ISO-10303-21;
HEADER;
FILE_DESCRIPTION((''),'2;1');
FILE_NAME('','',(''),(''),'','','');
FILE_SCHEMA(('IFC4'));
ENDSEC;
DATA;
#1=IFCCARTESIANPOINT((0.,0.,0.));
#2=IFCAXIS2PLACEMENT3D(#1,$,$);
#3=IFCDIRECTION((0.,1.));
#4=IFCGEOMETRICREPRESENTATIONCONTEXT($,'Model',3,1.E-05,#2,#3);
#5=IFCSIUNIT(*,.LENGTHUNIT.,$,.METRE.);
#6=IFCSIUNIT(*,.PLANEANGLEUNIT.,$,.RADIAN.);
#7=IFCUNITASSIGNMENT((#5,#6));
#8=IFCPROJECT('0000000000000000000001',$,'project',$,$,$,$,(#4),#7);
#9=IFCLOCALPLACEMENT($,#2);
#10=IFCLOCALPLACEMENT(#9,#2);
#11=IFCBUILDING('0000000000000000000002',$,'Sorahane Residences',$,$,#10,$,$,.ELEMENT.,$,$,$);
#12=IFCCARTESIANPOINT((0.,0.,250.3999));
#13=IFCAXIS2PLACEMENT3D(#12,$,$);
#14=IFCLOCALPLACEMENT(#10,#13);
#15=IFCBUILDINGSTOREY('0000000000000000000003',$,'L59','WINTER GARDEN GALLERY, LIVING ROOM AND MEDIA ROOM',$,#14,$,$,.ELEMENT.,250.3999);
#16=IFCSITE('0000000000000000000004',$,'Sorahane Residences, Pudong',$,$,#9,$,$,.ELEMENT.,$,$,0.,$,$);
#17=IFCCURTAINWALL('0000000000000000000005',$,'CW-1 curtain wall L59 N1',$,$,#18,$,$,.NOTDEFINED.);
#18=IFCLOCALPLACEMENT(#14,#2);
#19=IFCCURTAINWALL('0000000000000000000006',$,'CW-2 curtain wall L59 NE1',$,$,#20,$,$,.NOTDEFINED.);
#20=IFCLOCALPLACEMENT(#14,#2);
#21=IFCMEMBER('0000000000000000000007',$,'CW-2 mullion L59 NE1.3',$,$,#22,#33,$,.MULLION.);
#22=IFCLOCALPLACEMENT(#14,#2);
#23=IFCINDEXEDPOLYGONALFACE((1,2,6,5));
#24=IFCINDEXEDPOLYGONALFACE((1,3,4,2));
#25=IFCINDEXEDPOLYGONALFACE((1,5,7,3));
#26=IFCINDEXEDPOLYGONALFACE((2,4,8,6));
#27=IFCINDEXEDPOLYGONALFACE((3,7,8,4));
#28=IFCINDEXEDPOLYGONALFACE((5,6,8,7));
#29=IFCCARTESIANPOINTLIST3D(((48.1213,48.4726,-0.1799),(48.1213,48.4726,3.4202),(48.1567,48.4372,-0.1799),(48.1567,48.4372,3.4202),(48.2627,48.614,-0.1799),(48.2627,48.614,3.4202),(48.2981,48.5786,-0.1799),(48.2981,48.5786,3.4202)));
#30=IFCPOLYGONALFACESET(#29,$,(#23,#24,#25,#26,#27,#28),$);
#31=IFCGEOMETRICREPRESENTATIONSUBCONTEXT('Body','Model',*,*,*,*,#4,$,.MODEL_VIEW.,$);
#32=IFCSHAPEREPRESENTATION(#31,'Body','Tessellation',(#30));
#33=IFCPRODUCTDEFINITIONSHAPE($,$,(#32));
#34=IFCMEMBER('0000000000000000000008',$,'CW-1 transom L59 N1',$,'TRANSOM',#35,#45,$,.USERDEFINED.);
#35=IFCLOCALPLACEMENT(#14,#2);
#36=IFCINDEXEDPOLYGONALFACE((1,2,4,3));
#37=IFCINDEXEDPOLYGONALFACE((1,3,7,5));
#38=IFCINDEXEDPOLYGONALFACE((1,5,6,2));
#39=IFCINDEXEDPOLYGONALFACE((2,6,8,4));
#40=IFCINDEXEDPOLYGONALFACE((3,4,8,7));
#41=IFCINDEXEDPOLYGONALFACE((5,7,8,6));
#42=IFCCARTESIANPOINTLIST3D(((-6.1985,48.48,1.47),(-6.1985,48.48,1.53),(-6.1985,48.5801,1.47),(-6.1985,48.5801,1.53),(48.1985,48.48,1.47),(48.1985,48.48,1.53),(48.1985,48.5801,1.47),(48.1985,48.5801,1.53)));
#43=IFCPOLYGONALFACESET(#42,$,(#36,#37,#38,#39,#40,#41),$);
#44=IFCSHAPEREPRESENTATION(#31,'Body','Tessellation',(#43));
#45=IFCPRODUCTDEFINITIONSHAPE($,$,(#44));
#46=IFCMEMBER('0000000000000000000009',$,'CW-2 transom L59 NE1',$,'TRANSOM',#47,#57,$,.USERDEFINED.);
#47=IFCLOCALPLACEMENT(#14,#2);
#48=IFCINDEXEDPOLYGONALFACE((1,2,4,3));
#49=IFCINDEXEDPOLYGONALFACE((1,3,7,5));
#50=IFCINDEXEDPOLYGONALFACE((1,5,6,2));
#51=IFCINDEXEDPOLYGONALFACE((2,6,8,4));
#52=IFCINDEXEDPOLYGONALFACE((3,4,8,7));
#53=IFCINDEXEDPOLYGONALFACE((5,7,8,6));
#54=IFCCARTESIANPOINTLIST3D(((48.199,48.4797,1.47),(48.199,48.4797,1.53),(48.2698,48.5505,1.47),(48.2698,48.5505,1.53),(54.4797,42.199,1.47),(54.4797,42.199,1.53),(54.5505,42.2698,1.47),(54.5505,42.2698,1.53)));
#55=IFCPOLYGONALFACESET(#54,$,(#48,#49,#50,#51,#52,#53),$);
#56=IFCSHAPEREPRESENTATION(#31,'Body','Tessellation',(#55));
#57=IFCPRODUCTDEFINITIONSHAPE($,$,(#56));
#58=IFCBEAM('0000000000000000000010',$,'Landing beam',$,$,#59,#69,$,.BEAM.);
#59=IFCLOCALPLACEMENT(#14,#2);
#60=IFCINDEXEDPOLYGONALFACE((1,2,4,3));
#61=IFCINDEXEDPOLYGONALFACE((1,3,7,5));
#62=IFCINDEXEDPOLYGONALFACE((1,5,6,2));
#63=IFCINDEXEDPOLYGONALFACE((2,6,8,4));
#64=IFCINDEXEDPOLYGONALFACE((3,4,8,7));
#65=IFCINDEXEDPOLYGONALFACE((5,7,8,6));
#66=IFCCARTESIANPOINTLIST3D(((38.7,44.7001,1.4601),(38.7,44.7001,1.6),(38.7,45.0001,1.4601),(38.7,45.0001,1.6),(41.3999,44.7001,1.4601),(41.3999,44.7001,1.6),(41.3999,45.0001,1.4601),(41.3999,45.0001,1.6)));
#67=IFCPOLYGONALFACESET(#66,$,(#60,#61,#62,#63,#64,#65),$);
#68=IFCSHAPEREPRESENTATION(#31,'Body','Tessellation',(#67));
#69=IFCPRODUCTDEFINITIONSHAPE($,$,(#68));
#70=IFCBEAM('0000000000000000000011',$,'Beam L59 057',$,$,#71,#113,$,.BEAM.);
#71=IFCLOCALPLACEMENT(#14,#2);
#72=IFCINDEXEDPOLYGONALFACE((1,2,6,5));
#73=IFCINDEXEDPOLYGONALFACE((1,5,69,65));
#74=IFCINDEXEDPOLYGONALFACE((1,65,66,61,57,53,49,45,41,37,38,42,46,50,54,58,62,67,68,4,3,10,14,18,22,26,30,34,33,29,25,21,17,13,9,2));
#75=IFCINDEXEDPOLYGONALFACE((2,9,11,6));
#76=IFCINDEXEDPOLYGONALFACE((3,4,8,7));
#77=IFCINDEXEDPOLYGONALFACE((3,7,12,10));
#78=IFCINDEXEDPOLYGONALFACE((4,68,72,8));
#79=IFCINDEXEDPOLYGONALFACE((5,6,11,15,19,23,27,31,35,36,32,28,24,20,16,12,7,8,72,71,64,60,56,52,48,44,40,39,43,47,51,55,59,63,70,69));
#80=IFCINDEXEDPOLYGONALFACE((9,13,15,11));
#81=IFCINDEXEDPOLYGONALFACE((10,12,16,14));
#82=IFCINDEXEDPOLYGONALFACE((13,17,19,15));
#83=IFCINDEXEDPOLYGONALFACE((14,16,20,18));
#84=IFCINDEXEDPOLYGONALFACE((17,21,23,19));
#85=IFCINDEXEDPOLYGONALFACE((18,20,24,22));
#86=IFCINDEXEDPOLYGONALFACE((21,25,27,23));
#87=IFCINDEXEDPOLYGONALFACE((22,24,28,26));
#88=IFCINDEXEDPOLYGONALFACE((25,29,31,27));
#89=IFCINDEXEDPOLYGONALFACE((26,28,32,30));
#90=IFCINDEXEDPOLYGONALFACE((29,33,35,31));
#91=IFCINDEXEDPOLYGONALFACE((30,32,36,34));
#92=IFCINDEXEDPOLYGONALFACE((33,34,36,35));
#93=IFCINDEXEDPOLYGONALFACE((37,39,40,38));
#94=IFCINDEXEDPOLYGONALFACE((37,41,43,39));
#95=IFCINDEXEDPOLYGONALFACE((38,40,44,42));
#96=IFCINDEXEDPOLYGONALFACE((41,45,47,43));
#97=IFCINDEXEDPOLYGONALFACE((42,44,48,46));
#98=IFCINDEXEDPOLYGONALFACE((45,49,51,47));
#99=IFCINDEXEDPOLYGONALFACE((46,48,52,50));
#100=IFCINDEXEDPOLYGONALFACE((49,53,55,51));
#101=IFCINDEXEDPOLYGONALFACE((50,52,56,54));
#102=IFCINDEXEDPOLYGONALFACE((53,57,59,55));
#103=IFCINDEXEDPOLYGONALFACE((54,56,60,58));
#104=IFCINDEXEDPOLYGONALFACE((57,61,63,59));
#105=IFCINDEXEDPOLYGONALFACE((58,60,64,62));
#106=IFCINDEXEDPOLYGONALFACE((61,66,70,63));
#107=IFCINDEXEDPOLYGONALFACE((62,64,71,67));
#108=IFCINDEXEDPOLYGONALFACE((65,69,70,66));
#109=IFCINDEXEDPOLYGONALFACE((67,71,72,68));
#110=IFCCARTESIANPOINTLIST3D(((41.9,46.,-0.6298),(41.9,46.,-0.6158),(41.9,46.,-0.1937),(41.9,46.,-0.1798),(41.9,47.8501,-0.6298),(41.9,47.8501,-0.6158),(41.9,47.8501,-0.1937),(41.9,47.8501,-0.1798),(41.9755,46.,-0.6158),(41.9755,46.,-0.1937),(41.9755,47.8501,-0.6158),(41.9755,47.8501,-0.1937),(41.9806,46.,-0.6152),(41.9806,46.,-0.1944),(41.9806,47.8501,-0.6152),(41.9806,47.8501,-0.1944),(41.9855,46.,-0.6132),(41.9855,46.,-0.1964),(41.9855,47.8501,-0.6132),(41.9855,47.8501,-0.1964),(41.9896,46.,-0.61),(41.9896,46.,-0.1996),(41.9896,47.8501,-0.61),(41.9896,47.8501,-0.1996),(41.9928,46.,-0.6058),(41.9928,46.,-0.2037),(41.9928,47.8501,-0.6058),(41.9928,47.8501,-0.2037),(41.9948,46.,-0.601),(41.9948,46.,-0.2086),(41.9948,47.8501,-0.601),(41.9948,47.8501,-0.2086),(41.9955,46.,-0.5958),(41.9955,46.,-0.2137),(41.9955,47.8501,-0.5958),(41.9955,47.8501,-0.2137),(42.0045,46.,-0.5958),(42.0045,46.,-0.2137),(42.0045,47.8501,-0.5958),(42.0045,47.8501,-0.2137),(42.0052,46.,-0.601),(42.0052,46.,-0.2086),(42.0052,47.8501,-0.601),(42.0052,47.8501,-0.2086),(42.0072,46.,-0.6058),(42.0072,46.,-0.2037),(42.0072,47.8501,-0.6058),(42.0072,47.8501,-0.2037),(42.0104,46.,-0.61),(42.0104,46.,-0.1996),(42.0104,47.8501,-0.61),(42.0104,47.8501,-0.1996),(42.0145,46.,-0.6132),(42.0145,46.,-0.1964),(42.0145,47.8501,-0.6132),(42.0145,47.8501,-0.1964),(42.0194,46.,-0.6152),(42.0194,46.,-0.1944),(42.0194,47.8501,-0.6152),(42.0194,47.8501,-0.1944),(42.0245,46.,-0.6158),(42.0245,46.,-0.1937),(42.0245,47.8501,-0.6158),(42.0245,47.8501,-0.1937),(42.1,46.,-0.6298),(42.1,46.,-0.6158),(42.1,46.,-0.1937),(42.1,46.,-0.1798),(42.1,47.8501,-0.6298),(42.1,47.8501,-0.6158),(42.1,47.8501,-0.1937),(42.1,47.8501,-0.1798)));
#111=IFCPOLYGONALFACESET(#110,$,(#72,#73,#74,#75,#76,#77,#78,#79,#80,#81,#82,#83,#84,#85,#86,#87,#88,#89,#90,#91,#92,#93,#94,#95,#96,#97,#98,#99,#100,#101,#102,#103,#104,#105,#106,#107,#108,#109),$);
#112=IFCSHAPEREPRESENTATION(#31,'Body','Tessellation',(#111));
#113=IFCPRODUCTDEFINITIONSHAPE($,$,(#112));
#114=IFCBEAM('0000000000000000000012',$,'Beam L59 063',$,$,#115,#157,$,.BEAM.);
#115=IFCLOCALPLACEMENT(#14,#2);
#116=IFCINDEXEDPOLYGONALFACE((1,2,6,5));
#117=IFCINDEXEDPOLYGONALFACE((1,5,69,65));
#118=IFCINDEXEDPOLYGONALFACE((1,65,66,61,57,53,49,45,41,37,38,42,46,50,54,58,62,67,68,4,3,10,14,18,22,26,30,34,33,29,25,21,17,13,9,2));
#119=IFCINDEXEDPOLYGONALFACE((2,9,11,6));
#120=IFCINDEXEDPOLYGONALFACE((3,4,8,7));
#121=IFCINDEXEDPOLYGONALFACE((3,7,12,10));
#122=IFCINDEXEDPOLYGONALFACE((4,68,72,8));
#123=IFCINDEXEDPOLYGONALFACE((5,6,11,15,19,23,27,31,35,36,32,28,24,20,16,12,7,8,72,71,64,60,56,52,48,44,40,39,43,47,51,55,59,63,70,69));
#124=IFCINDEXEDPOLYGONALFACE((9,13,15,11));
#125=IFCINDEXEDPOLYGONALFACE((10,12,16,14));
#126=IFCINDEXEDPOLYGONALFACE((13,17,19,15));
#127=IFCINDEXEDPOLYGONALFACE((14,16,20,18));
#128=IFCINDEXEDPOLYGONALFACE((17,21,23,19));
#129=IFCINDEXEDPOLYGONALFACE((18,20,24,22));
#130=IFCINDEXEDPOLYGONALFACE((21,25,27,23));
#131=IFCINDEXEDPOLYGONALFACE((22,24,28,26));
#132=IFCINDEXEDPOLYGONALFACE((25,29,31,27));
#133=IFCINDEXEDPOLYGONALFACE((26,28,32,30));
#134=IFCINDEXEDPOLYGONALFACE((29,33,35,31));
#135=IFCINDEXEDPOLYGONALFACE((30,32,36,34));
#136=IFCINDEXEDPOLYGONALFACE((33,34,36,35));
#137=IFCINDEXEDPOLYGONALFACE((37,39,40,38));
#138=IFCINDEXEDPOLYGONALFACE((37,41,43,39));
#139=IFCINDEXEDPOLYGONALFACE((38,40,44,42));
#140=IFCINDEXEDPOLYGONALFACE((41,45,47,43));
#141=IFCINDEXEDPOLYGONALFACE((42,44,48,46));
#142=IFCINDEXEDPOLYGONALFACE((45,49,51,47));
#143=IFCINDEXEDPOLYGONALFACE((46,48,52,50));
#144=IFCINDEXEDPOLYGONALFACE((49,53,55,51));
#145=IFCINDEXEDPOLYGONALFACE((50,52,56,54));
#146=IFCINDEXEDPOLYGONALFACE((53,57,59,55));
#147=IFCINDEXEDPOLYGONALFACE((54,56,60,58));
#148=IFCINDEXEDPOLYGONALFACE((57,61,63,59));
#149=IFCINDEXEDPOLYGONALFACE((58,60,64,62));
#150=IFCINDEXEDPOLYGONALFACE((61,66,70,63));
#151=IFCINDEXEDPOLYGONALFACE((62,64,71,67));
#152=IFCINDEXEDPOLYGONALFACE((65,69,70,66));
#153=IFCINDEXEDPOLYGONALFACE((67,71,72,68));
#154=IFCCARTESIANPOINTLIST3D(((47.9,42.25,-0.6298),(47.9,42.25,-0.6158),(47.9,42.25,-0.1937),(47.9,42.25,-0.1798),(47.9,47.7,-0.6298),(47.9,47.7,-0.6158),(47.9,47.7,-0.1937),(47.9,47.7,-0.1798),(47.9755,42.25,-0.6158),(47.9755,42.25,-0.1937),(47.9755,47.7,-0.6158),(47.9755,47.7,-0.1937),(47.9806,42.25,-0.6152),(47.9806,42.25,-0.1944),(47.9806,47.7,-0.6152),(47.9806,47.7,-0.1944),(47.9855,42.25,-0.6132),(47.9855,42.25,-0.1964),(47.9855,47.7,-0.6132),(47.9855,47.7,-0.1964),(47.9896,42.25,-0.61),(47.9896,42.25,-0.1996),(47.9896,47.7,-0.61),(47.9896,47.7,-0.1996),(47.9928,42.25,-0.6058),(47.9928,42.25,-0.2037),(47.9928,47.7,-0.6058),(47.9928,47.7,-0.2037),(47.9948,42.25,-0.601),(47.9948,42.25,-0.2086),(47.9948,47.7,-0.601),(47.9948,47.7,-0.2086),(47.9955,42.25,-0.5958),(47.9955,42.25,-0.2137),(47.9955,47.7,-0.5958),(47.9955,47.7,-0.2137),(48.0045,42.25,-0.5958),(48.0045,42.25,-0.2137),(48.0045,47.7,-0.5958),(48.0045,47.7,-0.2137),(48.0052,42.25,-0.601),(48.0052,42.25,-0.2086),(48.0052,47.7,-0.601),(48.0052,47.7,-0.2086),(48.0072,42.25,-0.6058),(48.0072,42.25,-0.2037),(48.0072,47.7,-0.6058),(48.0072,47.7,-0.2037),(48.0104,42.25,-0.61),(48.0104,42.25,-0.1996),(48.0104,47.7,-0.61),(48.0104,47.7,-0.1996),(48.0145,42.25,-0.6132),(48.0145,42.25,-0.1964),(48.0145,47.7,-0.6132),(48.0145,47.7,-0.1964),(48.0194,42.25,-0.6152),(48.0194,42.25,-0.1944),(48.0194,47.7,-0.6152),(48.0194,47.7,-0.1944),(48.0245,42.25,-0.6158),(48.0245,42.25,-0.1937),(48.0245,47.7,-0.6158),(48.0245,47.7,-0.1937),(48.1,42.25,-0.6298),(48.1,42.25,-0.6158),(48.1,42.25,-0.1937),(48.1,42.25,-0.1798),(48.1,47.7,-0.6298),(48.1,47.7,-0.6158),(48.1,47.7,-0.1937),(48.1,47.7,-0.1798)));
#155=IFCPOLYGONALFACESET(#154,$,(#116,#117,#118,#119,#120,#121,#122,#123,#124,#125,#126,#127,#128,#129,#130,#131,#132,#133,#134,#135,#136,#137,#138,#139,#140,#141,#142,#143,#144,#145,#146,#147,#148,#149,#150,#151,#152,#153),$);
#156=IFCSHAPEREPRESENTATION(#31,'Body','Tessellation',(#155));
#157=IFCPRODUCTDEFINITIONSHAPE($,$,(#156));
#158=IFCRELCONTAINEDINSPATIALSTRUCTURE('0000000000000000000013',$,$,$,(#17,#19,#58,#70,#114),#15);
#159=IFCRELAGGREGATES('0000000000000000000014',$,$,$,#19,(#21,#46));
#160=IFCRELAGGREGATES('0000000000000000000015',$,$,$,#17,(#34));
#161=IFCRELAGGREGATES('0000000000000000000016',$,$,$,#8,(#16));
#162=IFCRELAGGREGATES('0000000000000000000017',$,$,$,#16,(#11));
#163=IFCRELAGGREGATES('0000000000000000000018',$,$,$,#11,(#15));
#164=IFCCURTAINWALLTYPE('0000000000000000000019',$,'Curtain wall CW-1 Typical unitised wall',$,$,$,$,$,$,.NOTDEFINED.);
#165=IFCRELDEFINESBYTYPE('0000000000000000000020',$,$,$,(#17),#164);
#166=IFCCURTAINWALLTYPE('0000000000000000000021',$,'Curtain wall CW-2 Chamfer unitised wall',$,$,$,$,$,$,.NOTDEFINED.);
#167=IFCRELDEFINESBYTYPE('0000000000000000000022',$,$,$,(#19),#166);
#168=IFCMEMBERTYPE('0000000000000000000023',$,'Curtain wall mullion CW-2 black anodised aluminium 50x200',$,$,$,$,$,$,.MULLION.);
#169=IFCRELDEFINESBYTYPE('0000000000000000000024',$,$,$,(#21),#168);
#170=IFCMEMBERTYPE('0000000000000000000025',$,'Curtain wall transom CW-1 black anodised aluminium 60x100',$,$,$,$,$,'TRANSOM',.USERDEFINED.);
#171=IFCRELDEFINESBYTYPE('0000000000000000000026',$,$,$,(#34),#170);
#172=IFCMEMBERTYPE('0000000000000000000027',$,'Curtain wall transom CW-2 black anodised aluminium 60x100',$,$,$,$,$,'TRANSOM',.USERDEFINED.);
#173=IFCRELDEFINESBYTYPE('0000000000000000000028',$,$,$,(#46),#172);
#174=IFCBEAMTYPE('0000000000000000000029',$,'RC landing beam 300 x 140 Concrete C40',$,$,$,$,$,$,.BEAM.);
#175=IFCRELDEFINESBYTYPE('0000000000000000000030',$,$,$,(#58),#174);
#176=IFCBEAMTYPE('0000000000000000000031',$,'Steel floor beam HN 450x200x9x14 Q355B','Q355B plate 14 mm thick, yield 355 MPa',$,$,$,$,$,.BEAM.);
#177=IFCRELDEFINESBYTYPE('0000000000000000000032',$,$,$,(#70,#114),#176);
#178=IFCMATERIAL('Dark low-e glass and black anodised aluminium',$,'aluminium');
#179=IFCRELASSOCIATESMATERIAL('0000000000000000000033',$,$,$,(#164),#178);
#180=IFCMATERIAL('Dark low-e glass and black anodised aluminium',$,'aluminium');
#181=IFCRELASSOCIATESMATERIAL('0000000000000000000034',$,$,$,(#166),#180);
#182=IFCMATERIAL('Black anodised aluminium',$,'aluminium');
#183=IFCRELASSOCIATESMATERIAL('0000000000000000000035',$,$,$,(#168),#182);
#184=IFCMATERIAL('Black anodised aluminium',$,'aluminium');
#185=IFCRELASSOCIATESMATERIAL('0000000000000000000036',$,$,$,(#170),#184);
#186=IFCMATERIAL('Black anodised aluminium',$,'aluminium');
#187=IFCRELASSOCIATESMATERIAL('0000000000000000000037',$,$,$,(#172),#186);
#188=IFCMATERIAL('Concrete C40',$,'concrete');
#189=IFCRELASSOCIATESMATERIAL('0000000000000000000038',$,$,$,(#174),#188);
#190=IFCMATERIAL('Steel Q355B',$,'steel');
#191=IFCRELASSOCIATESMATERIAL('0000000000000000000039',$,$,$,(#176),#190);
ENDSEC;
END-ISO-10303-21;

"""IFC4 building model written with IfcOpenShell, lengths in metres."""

from ifc_helpers import new_model, si_unit, direction, frame, origin, origin_2d, place, context, subcontext, project, spatial, rectangle, i_section, extrude, material, material_profile, profile_set, type_object, element, aggregate, save


model = new_model("IFC4")

# Units and contexts
model_context = context("Model", 3, precision=1e-05, world=origin(), true_north=direction((0.0, 1.0)))
body_context = subcontext(model_context, "Body", "Model", "MODEL_VIEW")
ifc_project = project(units=[si_unit("LENGTHUNIT", "METRE"), si_unit("PLANEANGLEUNIT", "RADIAN")], contexts=[model_context])

# Site, building, storey
site_placement = place(None, origin())
site = spatial("IfcSite", under=ifc_project, at=site_placement, Name="Sorahane Residences, Pudong", CompositionType="ELEMENT", RefElevation=0.0)
building_placement = place(site_placement, origin())
building = spatial("IfcBuilding", under=site, at=building_placement, Name="Sorahane Residences", CompositionType="ELEMENT")
storey_placement = place(building_placement, frame((0.0, 0.0, 250.3999)))
storey = spatial("IfcBuildingStorey", under=building, at=storey_placement, Name="L59", Description="WINTER GARDEN GALLERY, LIVING ROOM AND MEDIA ROOM", CompositionType="ELEMENT", Elevation=250.3999)

# Curtain wall
ifc_material_1 = material(Name="Dark low-e glass and black anodised aluminium", Category="aluminium")
curtain_wall_type_1 = type_object("IfcCurtainWallType", Name="Curtain wall CW-1 Typical unitised wall", PredefinedType="NOTDEFINED", material=ifc_material_1)
curtain_wall_1_placement = place(storey_placement, origin())
curtain_wall_1 = element("IfcCurtainWall", 1, at=curtain_wall_1_placement, inside=storey, type_object=curtain_wall_type_1, Name="CW-1 curtain wall L59 N1", PredefinedType="NOTDEFINED")

# Curtain wall, member
ifc_material_2 = material(Name="Dark low-e glass and black anodised aluminium", Category="aluminium")
curtain_wall_type_2 = type_object("IfcCurtainWallType", Name="Curtain wall CW-2 Chamfer unitised wall", PredefinedType="NOTDEFINED", material=ifc_material_2)
curtain_wall_2_placement = place(storey_placement, origin())
curtain_wall_2 = element("IfcCurtainWall", 2, at=curtain_wall_2_placement, inside=storey, type_object=curtain_wall_type_2, Name="CW-2 curtain wall L59 NE1", PredefinedType="NOTDEFINED")
ifc_material_3 = material(Name="Black anodised aluminium", Category="aluminium")
ifc_material_profile_1 = material_profile(ifc_material_3, rectangle(XDim=0.2, YDim=0.05, at=origin_2d()), Name="Curtain wall mullion CW-2 black anodised aluminium 50x200")
ifc_profile_set_1 = profile_set([ifc_material_profile_1], Name="Black anodised aluminium")
member_type_1 = type_object("IfcMemberType", Name="Curtain wall mullion CW-2 black anodised aluminium 50x200", PredefinedType="MULLION", material=ifc_profile_set_1)
member_1_placement = place(storey_placement, frame((48.2097, 48.5256, -0.1799), z_axis=(0.0, 0.0, 1.0), x_axis=(0.707107, 0.707107, 0.0)))
member_1 = element("IfcMember", 3, at=member_1_placement, type_object=member_type_1, Name="CW-2 mullion L59 NE1.3", PredefinedType="MULLION", context=body_context, shape_type="SweptSolid", body=[
    extrude(rectangle(XDim=0.2, YDim=0.05, at=origin_2d()), origin(), (0.0, 0.0, 1.0), 3.6001),
])

# Members
ifc_material_4 = material(Name="Black anodised aluminium", Category="aluminium")
ifc_material_profile_2 = material_profile(ifc_material_4, rectangle(XDim=0.1001, YDim=0.0601, at=origin_2d()), Name="Curtain wall transom CW-1 black anodised aluminium 60x100")
ifc_profile_set_2 = profile_set([ifc_material_profile_2], Name="Black anodised aluminium")
member_type_2 = type_object("IfcMemberType", Name="Curtain wall transom CW-1 black anodised aluminium 60x100", ElementType="TRANSOM", PredefinedType="USERDEFINED", material=ifc_profile_set_2)
member_2_placement = place(storey_placement, frame((48.1985, 48.53, 1.5), z_axis=(-1.0, 0.0, 0.0), x_axis=(0.0, -1.0, 0.0)))
member_2 = element("IfcMember", 4, at=member_2_placement, type_object=member_type_2, Name="CW-1 transom L59 N1", ObjectType="TRANSOM", PredefinedType="USERDEFINED", context=body_context, shape_type="SweptSolid", body=[
    extrude(rectangle(XDim=0.1001, YDim=0.0601, at=origin_2d()), origin(), (0.0, 0.0, 1.0), 54.397),
])
ifc_material_5 = material(Name="Black anodised aluminium", Category="aluminium")
ifc_material_profile_3 = material_profile(ifc_material_5, rectangle(XDim=0.1001, YDim=0.0601, at=origin_2d()), Name="Curtain wall transom CW-2 black anodised aluminium 60x100")
ifc_profile_set_3 = profile_set([ifc_material_profile_3], Name="Black anodised aluminium")
member_type_3 = type_object("IfcMemberType", Name="Curtain wall transom CW-2 black anodised aluminium 60x100", ElementType="TRANSOM", PredefinedType="USERDEFINED", material=ifc_profile_set_3)
member_3_placement = place(storey_placement, frame((54.5151, 42.2344, 1.5), z_axis=(-0.707107, 0.707107, 0.0), x_axis=(-0.707107, -0.707107, 0.0)))
member_3 = element("IfcMember", 5, at=member_3_placement, type_object=member_type_3, Name="CW-2 transom L59 NE1", ObjectType="TRANSOM", PredefinedType="USERDEFINED", context=body_context, shape_type="SweptSolid", body=[
    extrude(rectangle(XDim=0.1001, YDim=0.0601, at=origin_2d()), origin(), (0.0, 0.0, 1.0), 8.8823),
])

# Beams
ifc_material_6 = material(Name="Concrete C40", Category="concrete")
ifc_material_profile_4 = material_profile(ifc_material_6, rectangle(XDim=0.3, YDim=0.1399, at=origin_2d()), Name="300x140")
ifc_profile_set_4 = profile_set([ifc_material_profile_4], Name="Concrete C40")
beam_type_1 = type_object("IfcBeamType", Name="RC landing beam 300 x 140 Concrete C40", PredefinedType="BEAM", material=ifc_profile_set_4)
beam_1_placement = place(storey_placement, frame((38.7, 44.8501, 1.53), z_axis=(1.0, 0.0, 0.0), x_axis=(0.0, 1.0, 0.0)))
element("IfcBeam", 6, at=beam_1_placement, inside=storey, type_object=beam_type_1, Name="Landing beam", PredefinedType="BEAM", context=body_context, shape_type="SweptSolid", body=[
    extrude(rectangle(XDim=0.3, YDim=0.1399, at=origin_2d()), origin(), (0.0, 0.0, 1.0), 2.7),
])
ifc_material_7 = material(Name="Steel Q355B", Category="steel")
ifc_material_profile_5 = material_profile(ifc_material_7, i_section(OverallWidth=0.2, OverallDepth=0.45, WebThickness=0.009, FlangeThickness=0.0139, FilletRadius=0.02, at=origin_2d()), Name="HN 450x200x9x14")
ifc_profile_set_5 = profile_set([ifc_material_profile_5], Name="Steel Q355B")
beam_type_2 = type_object("IfcBeamType", Name="Steel floor beam HN 450x200x9x14 Q355B", Description="Q355B plate 14 mm thick, yield 355 MPa", PredefinedType="BEAM", material=ifc_profile_set_5)
beam_2_placement = place(storey_placement, frame((42.0, 46.0, -0.4048), z_axis=(0.0, 1.0, 0.0), x_axis=(-1.0, 0.0, 0.0)))
element("IfcBeam", 7, at=beam_2_placement, inside=storey, type_object=beam_type_2, Name="Beam L59 057", PredefinedType="BEAM", context=body_context, shape_type="SweptSolid", body=[
    extrude(i_section(OverallWidth=0.2, OverallDepth=0.45, WebThickness=0.009, FlangeThickness=0.0139, FilletRadius=0.02, at=origin_2d()), origin(), (0.0, 0.0, 1.0), 1.8501),
])
beam_3_placement = place(storey_placement, frame((48.0, 42.25, -0.4048), z_axis=(0.0, 1.0, 0.0), x_axis=(-1.0, 0.0, 0.0)))
element("IfcBeam", 8, at=beam_3_placement, inside=storey, type_object=beam_type_2, Name="Beam L59 063", PredefinedType="BEAM", context=body_context, shape_type="SweptSolid", body=[
    extrude(i_section(OverallWidth=0.2, OverallDepth=0.45, WebThickness=0.009, FlangeThickness=0.0139, FilletRadius=0.02, at=origin_2d()), origin(), (0.0, 0.0, 1.0), 5.45),
])

aggregate(curtain_wall_2, [member_1, member_3])
aggregate(curtain_wall_1, [member_2])

save(model, "model.ifc")
